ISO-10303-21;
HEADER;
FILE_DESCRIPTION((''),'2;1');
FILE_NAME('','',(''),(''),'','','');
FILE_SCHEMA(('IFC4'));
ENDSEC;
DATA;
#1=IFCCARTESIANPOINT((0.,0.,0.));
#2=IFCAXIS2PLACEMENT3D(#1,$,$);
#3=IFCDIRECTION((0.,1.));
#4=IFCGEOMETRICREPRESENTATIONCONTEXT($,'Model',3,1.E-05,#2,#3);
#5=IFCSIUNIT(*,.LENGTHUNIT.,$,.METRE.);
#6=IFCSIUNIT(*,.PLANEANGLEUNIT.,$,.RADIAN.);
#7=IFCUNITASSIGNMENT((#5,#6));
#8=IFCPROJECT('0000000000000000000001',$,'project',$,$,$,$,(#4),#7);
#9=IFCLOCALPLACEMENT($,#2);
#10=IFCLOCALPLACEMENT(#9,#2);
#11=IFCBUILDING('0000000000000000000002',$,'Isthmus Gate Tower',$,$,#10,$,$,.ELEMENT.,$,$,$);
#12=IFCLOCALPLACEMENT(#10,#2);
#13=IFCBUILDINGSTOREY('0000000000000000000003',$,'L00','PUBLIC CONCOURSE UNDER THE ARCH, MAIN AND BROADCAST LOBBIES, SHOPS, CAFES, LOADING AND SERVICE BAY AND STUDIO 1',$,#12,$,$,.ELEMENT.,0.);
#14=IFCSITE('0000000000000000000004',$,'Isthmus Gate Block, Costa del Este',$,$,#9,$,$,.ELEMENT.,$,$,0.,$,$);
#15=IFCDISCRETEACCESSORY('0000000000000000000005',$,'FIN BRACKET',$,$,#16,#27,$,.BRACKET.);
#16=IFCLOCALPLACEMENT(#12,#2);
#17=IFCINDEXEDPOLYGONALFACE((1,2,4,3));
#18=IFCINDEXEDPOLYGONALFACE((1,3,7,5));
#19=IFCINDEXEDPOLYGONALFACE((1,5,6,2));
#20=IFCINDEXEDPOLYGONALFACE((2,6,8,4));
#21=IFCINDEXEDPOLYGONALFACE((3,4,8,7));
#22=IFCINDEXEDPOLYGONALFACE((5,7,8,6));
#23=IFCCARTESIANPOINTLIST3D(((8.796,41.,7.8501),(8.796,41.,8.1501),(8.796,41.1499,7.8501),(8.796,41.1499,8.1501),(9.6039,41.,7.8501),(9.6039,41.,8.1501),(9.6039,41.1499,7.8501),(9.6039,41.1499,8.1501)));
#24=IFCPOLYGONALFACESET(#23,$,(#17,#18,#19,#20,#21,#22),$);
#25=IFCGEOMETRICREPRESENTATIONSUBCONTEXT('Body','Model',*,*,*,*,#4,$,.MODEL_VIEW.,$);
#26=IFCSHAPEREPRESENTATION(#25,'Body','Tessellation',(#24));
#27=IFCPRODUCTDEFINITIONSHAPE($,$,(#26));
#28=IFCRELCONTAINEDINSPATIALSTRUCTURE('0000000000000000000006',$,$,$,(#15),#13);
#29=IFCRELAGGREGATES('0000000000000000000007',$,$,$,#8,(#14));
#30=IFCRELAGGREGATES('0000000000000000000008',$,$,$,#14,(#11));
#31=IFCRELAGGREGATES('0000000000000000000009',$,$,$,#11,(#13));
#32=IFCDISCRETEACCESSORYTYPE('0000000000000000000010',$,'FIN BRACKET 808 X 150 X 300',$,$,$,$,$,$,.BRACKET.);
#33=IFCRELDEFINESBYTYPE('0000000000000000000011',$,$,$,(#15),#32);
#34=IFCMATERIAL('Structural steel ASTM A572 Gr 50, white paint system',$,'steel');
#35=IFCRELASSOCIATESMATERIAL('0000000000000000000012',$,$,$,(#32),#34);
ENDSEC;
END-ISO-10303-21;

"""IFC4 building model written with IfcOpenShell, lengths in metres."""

from ifc_helpers import new_model, si_unit, direction, frame, origin, origin_2d, place, context, subcontext, project, spatial, rectangle, extrude, material, type_object, element, save


model = new_model("IFC4")

# Units and contexts
model_context = context("Model", 3, precision=1e-05, world=origin(), true_north=direction((0.0, 1.0)))
body_context = subcontext(model_context, "Body", "Model", "MODEL_VIEW")
ifc_project = project(units=[si_unit("LENGTHUNIT", "METRE"), si_unit("PLANEANGLEUNIT", "RADIAN")], contexts=[model_context])

# Site, building, storey
site_placement = place(None, origin())
site = spatial("IfcSite", under=ifc_project, at=site_placement, Name="Isthmus Gate Block, Costa del Este", CompositionType="ELEMENT", RefElevation=0.0)
building_placement = place(site_placement, origin())
building = spatial("IfcBuilding", under=site, at=building_placement, Name="Isthmus Gate Tower", CompositionType="ELEMENT")
storey_placement = place(building_placement, origin())
storey = spatial("IfcBuildingStorey", under=building, at=storey_placement, Name="L00", Description="PUBLIC CONCOURSE UNDER THE ARCH, MAIN AND BROADCAST LOBBIES, SHOPS, CAFES, LOADING AND SERVICE BAY AND STUDIO 1", CompositionType="ELEMENT", Elevation=0.0)

# Discrete accessory
ifc_material_1 = material(Name="Structural steel ASTM A572 Gr 50, white paint system", Category="steel")
discrete_accessory_type = type_object("IfcDiscreteAccessoryType", Name="FIN BRACKET 808 X 150 X 300", PredefinedType="BRACKET", material=ifc_material_1)
discrete_accessory_placement = place(storey_placement, frame((9.2, 41.075, 7.8501), z_axis=(0.0, 0.0, 1.0), x_axis=(0.0, 1.0, 0.0)))
element("IfcDiscreteAccessory", 1, at=discrete_accessory_placement, inside=storey, type_object=discrete_accessory_type, Name="FIN BRACKET", PredefinedType="BRACKET", context=body_context, shape_type="SweptSolid", body=[
    extrude(rectangle(XDim=0.1499, YDim=0.8079, at=origin_2d()), origin(), (0.0, 0.0, 1.0), 0.3),
])

save(model, "model.ifc")
